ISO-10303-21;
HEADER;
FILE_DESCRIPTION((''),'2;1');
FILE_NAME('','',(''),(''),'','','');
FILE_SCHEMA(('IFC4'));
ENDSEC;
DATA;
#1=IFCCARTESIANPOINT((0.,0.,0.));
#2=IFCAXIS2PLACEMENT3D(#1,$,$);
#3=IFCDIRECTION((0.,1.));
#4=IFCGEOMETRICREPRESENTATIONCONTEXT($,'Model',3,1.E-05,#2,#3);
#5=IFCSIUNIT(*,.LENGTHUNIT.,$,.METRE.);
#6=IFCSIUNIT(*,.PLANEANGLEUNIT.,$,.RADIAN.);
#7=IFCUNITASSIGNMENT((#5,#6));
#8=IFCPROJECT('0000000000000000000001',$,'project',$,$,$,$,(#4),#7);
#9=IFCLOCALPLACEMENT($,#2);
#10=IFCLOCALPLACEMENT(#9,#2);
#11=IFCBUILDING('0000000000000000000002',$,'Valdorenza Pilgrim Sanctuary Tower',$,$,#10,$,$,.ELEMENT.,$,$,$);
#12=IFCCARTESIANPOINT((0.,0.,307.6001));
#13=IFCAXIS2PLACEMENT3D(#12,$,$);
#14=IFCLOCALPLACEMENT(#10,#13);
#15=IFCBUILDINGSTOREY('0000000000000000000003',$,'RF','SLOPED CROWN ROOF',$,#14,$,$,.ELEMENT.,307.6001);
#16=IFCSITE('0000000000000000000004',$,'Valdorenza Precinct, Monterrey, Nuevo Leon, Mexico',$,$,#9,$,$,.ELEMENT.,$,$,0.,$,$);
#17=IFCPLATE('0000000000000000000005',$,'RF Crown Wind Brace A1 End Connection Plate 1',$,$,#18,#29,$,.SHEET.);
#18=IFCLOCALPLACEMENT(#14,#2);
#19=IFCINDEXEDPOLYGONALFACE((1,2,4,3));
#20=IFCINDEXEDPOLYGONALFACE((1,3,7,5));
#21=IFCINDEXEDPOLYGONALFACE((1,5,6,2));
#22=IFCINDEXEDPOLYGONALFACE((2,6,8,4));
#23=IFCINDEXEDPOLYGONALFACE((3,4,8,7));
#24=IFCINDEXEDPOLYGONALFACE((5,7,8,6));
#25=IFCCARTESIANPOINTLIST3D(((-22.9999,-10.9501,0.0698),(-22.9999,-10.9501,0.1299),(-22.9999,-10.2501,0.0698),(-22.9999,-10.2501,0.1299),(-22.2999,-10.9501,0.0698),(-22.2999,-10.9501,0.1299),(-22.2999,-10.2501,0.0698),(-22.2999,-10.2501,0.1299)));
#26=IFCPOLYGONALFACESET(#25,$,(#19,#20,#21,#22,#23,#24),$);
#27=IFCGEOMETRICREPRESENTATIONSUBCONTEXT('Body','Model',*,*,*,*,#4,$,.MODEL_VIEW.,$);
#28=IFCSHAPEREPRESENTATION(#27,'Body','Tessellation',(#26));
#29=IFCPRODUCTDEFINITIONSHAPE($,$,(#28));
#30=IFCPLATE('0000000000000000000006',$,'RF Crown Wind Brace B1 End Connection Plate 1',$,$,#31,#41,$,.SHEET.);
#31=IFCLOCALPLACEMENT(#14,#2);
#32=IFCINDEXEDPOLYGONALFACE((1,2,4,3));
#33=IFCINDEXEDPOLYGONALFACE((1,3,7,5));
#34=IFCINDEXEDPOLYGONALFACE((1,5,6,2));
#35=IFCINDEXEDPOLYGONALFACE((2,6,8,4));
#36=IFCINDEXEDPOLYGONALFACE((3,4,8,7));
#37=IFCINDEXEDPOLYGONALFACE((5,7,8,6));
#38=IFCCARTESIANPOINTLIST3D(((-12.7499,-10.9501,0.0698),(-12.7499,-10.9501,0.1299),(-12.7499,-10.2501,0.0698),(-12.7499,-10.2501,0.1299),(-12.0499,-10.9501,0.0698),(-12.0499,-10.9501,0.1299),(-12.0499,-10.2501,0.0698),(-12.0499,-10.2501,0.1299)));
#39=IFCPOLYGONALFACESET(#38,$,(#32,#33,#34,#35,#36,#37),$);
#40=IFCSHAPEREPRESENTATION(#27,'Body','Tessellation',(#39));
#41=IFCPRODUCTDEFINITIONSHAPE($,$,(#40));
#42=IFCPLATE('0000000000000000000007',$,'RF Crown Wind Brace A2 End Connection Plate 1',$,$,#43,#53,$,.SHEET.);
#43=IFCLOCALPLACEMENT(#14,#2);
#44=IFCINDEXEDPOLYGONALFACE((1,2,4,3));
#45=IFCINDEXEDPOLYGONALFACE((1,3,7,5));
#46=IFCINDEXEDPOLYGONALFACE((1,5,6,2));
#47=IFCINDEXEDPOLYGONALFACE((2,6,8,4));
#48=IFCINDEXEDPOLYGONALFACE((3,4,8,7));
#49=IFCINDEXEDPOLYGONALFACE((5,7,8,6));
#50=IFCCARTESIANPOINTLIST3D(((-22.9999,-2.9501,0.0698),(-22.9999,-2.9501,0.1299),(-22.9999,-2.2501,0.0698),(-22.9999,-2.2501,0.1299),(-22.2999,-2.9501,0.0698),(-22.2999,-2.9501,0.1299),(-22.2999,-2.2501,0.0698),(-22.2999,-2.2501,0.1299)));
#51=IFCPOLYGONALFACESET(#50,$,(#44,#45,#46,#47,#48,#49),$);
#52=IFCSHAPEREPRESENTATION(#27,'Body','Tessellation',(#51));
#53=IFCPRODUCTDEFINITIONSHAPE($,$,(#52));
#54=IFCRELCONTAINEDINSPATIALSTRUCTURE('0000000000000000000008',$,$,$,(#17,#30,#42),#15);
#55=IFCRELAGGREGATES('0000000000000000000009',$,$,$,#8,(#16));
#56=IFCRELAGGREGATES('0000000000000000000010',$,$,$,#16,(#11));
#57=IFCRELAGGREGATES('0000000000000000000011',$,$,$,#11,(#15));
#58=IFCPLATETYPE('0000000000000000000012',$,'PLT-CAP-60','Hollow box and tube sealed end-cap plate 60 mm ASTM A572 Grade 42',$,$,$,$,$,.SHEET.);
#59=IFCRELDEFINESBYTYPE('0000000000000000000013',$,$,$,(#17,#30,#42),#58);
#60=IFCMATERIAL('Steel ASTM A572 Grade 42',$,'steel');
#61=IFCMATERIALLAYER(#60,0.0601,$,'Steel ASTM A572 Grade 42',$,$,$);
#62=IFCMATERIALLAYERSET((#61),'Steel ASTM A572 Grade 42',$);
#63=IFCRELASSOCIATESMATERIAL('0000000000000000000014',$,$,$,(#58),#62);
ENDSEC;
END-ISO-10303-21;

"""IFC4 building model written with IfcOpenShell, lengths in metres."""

from ifc_helpers import new_model, si_unit, direction, frame, origin, origin_2d, place, context, subcontext, project, spatial, rectangle, extrude, source, transform, mapped, material, layer, layer_set, type_object, element, save


model = new_model("IFC4")

# Units and contexts
model_context = context("Model", 3, precision=1e-05, world=origin(), true_north=direction((0.0, 1.0)))
body_context = subcontext(model_context, "Body", "Model", "MODEL_VIEW")
ifc_project = project(units=[si_unit("LENGTHUNIT", "METRE"), si_unit("PLANEANGLEUNIT", "RADIAN")], contexts=[model_context])

# Site, building, storey
site_placement = place(None, origin())
site = spatial("IfcSite", under=ifc_project, at=site_placement, Name="Valdorenza Precinct, Monterrey, Nuevo Leon, Mexico", CompositionType="ELEMENT", RefElevation=0.0)
building_placement = place(site_placement, origin())
building = spatial("IfcBuilding", under=site, at=building_placement, Name="Valdorenza Pilgrim Sanctuary Tower", CompositionType="ELEMENT")
storey_placement = place(building_placement, frame((0.0, 0.0, 307.6001)))
storey = spatial("IfcBuildingStorey", under=building, at=storey_placement, Name="RF", Description="SLOPED CROWN ROOF", CompositionType="ELEMENT", Elevation=307.6001)

# Plates
ifc_material_1 = material(Name="Steel ASTM A572 Grade 42", Category="steel")
ifc_layer_1 = layer(ifc_material_1, 0.0601, Name="Steel ASTM A572 Grade 42")
ifc_layer_set_1 = layer_set([ifc_layer_1], Name="Steel ASTM A572 Grade 42")
plate_type_1 = type_object("IfcPlateType", Name="PLT-CAP-60", Description="Hollow box and tube sealed end-cap plate 60 mm ASTM A572 Grade 42", PredefinedType="SHEET", material=ifc_layer_set_1)
shared_shape_1 = source(origin(), body_context, "Body", "SweptSolid", [
    extrude(rectangle(XDim=0.7, YDim=0.7, at=origin_2d()), origin(), (0.0, 0.0, 1.0), 0.0601),
])
for number, where, z_axis, x_axis, name in (
    (1, (-22.6499, -10.6001, 0.0698), (0.0, 0.0, 1.0), (1.0, 0.0, 0.0), "RF Crown Wind Brace A1 End Connection Plate 1"),
    (2, (-12.3999, -10.6001, 0.0698), (0.0, 0.0, 1.0), (1.0, 0.0, 0.0), "RF Crown Wind Brace B1 End Connection Plate 1"),
    (3, (-22.6499, -2.6001, 0.0698), (0.0, 0.0, 1.0), (1.0, 0.0, 0.0), "RF Crown Wind Brace A2 End Connection Plate 1"),
):
    element("IfcPlate", number, at=place(storey_placement, frame(where, z_axis=z_axis, x_axis=x_axis)), inside=storey, type_object=plate_type_1, Name=name, PredefinedType="SHEET", context=body_context, shape_type="MappedRepresentation", body=[
        mapped(shared_shape_1, transform((0.0, 0.0, 0.0), x_axis=(1.0, 0.0, 0.0), y_axis=(0.0, 1.0, 0.0), z_axis=(0.0, 0.0, 1.0), scale=1.0)),
    ])

save(model, "model.ifc")
